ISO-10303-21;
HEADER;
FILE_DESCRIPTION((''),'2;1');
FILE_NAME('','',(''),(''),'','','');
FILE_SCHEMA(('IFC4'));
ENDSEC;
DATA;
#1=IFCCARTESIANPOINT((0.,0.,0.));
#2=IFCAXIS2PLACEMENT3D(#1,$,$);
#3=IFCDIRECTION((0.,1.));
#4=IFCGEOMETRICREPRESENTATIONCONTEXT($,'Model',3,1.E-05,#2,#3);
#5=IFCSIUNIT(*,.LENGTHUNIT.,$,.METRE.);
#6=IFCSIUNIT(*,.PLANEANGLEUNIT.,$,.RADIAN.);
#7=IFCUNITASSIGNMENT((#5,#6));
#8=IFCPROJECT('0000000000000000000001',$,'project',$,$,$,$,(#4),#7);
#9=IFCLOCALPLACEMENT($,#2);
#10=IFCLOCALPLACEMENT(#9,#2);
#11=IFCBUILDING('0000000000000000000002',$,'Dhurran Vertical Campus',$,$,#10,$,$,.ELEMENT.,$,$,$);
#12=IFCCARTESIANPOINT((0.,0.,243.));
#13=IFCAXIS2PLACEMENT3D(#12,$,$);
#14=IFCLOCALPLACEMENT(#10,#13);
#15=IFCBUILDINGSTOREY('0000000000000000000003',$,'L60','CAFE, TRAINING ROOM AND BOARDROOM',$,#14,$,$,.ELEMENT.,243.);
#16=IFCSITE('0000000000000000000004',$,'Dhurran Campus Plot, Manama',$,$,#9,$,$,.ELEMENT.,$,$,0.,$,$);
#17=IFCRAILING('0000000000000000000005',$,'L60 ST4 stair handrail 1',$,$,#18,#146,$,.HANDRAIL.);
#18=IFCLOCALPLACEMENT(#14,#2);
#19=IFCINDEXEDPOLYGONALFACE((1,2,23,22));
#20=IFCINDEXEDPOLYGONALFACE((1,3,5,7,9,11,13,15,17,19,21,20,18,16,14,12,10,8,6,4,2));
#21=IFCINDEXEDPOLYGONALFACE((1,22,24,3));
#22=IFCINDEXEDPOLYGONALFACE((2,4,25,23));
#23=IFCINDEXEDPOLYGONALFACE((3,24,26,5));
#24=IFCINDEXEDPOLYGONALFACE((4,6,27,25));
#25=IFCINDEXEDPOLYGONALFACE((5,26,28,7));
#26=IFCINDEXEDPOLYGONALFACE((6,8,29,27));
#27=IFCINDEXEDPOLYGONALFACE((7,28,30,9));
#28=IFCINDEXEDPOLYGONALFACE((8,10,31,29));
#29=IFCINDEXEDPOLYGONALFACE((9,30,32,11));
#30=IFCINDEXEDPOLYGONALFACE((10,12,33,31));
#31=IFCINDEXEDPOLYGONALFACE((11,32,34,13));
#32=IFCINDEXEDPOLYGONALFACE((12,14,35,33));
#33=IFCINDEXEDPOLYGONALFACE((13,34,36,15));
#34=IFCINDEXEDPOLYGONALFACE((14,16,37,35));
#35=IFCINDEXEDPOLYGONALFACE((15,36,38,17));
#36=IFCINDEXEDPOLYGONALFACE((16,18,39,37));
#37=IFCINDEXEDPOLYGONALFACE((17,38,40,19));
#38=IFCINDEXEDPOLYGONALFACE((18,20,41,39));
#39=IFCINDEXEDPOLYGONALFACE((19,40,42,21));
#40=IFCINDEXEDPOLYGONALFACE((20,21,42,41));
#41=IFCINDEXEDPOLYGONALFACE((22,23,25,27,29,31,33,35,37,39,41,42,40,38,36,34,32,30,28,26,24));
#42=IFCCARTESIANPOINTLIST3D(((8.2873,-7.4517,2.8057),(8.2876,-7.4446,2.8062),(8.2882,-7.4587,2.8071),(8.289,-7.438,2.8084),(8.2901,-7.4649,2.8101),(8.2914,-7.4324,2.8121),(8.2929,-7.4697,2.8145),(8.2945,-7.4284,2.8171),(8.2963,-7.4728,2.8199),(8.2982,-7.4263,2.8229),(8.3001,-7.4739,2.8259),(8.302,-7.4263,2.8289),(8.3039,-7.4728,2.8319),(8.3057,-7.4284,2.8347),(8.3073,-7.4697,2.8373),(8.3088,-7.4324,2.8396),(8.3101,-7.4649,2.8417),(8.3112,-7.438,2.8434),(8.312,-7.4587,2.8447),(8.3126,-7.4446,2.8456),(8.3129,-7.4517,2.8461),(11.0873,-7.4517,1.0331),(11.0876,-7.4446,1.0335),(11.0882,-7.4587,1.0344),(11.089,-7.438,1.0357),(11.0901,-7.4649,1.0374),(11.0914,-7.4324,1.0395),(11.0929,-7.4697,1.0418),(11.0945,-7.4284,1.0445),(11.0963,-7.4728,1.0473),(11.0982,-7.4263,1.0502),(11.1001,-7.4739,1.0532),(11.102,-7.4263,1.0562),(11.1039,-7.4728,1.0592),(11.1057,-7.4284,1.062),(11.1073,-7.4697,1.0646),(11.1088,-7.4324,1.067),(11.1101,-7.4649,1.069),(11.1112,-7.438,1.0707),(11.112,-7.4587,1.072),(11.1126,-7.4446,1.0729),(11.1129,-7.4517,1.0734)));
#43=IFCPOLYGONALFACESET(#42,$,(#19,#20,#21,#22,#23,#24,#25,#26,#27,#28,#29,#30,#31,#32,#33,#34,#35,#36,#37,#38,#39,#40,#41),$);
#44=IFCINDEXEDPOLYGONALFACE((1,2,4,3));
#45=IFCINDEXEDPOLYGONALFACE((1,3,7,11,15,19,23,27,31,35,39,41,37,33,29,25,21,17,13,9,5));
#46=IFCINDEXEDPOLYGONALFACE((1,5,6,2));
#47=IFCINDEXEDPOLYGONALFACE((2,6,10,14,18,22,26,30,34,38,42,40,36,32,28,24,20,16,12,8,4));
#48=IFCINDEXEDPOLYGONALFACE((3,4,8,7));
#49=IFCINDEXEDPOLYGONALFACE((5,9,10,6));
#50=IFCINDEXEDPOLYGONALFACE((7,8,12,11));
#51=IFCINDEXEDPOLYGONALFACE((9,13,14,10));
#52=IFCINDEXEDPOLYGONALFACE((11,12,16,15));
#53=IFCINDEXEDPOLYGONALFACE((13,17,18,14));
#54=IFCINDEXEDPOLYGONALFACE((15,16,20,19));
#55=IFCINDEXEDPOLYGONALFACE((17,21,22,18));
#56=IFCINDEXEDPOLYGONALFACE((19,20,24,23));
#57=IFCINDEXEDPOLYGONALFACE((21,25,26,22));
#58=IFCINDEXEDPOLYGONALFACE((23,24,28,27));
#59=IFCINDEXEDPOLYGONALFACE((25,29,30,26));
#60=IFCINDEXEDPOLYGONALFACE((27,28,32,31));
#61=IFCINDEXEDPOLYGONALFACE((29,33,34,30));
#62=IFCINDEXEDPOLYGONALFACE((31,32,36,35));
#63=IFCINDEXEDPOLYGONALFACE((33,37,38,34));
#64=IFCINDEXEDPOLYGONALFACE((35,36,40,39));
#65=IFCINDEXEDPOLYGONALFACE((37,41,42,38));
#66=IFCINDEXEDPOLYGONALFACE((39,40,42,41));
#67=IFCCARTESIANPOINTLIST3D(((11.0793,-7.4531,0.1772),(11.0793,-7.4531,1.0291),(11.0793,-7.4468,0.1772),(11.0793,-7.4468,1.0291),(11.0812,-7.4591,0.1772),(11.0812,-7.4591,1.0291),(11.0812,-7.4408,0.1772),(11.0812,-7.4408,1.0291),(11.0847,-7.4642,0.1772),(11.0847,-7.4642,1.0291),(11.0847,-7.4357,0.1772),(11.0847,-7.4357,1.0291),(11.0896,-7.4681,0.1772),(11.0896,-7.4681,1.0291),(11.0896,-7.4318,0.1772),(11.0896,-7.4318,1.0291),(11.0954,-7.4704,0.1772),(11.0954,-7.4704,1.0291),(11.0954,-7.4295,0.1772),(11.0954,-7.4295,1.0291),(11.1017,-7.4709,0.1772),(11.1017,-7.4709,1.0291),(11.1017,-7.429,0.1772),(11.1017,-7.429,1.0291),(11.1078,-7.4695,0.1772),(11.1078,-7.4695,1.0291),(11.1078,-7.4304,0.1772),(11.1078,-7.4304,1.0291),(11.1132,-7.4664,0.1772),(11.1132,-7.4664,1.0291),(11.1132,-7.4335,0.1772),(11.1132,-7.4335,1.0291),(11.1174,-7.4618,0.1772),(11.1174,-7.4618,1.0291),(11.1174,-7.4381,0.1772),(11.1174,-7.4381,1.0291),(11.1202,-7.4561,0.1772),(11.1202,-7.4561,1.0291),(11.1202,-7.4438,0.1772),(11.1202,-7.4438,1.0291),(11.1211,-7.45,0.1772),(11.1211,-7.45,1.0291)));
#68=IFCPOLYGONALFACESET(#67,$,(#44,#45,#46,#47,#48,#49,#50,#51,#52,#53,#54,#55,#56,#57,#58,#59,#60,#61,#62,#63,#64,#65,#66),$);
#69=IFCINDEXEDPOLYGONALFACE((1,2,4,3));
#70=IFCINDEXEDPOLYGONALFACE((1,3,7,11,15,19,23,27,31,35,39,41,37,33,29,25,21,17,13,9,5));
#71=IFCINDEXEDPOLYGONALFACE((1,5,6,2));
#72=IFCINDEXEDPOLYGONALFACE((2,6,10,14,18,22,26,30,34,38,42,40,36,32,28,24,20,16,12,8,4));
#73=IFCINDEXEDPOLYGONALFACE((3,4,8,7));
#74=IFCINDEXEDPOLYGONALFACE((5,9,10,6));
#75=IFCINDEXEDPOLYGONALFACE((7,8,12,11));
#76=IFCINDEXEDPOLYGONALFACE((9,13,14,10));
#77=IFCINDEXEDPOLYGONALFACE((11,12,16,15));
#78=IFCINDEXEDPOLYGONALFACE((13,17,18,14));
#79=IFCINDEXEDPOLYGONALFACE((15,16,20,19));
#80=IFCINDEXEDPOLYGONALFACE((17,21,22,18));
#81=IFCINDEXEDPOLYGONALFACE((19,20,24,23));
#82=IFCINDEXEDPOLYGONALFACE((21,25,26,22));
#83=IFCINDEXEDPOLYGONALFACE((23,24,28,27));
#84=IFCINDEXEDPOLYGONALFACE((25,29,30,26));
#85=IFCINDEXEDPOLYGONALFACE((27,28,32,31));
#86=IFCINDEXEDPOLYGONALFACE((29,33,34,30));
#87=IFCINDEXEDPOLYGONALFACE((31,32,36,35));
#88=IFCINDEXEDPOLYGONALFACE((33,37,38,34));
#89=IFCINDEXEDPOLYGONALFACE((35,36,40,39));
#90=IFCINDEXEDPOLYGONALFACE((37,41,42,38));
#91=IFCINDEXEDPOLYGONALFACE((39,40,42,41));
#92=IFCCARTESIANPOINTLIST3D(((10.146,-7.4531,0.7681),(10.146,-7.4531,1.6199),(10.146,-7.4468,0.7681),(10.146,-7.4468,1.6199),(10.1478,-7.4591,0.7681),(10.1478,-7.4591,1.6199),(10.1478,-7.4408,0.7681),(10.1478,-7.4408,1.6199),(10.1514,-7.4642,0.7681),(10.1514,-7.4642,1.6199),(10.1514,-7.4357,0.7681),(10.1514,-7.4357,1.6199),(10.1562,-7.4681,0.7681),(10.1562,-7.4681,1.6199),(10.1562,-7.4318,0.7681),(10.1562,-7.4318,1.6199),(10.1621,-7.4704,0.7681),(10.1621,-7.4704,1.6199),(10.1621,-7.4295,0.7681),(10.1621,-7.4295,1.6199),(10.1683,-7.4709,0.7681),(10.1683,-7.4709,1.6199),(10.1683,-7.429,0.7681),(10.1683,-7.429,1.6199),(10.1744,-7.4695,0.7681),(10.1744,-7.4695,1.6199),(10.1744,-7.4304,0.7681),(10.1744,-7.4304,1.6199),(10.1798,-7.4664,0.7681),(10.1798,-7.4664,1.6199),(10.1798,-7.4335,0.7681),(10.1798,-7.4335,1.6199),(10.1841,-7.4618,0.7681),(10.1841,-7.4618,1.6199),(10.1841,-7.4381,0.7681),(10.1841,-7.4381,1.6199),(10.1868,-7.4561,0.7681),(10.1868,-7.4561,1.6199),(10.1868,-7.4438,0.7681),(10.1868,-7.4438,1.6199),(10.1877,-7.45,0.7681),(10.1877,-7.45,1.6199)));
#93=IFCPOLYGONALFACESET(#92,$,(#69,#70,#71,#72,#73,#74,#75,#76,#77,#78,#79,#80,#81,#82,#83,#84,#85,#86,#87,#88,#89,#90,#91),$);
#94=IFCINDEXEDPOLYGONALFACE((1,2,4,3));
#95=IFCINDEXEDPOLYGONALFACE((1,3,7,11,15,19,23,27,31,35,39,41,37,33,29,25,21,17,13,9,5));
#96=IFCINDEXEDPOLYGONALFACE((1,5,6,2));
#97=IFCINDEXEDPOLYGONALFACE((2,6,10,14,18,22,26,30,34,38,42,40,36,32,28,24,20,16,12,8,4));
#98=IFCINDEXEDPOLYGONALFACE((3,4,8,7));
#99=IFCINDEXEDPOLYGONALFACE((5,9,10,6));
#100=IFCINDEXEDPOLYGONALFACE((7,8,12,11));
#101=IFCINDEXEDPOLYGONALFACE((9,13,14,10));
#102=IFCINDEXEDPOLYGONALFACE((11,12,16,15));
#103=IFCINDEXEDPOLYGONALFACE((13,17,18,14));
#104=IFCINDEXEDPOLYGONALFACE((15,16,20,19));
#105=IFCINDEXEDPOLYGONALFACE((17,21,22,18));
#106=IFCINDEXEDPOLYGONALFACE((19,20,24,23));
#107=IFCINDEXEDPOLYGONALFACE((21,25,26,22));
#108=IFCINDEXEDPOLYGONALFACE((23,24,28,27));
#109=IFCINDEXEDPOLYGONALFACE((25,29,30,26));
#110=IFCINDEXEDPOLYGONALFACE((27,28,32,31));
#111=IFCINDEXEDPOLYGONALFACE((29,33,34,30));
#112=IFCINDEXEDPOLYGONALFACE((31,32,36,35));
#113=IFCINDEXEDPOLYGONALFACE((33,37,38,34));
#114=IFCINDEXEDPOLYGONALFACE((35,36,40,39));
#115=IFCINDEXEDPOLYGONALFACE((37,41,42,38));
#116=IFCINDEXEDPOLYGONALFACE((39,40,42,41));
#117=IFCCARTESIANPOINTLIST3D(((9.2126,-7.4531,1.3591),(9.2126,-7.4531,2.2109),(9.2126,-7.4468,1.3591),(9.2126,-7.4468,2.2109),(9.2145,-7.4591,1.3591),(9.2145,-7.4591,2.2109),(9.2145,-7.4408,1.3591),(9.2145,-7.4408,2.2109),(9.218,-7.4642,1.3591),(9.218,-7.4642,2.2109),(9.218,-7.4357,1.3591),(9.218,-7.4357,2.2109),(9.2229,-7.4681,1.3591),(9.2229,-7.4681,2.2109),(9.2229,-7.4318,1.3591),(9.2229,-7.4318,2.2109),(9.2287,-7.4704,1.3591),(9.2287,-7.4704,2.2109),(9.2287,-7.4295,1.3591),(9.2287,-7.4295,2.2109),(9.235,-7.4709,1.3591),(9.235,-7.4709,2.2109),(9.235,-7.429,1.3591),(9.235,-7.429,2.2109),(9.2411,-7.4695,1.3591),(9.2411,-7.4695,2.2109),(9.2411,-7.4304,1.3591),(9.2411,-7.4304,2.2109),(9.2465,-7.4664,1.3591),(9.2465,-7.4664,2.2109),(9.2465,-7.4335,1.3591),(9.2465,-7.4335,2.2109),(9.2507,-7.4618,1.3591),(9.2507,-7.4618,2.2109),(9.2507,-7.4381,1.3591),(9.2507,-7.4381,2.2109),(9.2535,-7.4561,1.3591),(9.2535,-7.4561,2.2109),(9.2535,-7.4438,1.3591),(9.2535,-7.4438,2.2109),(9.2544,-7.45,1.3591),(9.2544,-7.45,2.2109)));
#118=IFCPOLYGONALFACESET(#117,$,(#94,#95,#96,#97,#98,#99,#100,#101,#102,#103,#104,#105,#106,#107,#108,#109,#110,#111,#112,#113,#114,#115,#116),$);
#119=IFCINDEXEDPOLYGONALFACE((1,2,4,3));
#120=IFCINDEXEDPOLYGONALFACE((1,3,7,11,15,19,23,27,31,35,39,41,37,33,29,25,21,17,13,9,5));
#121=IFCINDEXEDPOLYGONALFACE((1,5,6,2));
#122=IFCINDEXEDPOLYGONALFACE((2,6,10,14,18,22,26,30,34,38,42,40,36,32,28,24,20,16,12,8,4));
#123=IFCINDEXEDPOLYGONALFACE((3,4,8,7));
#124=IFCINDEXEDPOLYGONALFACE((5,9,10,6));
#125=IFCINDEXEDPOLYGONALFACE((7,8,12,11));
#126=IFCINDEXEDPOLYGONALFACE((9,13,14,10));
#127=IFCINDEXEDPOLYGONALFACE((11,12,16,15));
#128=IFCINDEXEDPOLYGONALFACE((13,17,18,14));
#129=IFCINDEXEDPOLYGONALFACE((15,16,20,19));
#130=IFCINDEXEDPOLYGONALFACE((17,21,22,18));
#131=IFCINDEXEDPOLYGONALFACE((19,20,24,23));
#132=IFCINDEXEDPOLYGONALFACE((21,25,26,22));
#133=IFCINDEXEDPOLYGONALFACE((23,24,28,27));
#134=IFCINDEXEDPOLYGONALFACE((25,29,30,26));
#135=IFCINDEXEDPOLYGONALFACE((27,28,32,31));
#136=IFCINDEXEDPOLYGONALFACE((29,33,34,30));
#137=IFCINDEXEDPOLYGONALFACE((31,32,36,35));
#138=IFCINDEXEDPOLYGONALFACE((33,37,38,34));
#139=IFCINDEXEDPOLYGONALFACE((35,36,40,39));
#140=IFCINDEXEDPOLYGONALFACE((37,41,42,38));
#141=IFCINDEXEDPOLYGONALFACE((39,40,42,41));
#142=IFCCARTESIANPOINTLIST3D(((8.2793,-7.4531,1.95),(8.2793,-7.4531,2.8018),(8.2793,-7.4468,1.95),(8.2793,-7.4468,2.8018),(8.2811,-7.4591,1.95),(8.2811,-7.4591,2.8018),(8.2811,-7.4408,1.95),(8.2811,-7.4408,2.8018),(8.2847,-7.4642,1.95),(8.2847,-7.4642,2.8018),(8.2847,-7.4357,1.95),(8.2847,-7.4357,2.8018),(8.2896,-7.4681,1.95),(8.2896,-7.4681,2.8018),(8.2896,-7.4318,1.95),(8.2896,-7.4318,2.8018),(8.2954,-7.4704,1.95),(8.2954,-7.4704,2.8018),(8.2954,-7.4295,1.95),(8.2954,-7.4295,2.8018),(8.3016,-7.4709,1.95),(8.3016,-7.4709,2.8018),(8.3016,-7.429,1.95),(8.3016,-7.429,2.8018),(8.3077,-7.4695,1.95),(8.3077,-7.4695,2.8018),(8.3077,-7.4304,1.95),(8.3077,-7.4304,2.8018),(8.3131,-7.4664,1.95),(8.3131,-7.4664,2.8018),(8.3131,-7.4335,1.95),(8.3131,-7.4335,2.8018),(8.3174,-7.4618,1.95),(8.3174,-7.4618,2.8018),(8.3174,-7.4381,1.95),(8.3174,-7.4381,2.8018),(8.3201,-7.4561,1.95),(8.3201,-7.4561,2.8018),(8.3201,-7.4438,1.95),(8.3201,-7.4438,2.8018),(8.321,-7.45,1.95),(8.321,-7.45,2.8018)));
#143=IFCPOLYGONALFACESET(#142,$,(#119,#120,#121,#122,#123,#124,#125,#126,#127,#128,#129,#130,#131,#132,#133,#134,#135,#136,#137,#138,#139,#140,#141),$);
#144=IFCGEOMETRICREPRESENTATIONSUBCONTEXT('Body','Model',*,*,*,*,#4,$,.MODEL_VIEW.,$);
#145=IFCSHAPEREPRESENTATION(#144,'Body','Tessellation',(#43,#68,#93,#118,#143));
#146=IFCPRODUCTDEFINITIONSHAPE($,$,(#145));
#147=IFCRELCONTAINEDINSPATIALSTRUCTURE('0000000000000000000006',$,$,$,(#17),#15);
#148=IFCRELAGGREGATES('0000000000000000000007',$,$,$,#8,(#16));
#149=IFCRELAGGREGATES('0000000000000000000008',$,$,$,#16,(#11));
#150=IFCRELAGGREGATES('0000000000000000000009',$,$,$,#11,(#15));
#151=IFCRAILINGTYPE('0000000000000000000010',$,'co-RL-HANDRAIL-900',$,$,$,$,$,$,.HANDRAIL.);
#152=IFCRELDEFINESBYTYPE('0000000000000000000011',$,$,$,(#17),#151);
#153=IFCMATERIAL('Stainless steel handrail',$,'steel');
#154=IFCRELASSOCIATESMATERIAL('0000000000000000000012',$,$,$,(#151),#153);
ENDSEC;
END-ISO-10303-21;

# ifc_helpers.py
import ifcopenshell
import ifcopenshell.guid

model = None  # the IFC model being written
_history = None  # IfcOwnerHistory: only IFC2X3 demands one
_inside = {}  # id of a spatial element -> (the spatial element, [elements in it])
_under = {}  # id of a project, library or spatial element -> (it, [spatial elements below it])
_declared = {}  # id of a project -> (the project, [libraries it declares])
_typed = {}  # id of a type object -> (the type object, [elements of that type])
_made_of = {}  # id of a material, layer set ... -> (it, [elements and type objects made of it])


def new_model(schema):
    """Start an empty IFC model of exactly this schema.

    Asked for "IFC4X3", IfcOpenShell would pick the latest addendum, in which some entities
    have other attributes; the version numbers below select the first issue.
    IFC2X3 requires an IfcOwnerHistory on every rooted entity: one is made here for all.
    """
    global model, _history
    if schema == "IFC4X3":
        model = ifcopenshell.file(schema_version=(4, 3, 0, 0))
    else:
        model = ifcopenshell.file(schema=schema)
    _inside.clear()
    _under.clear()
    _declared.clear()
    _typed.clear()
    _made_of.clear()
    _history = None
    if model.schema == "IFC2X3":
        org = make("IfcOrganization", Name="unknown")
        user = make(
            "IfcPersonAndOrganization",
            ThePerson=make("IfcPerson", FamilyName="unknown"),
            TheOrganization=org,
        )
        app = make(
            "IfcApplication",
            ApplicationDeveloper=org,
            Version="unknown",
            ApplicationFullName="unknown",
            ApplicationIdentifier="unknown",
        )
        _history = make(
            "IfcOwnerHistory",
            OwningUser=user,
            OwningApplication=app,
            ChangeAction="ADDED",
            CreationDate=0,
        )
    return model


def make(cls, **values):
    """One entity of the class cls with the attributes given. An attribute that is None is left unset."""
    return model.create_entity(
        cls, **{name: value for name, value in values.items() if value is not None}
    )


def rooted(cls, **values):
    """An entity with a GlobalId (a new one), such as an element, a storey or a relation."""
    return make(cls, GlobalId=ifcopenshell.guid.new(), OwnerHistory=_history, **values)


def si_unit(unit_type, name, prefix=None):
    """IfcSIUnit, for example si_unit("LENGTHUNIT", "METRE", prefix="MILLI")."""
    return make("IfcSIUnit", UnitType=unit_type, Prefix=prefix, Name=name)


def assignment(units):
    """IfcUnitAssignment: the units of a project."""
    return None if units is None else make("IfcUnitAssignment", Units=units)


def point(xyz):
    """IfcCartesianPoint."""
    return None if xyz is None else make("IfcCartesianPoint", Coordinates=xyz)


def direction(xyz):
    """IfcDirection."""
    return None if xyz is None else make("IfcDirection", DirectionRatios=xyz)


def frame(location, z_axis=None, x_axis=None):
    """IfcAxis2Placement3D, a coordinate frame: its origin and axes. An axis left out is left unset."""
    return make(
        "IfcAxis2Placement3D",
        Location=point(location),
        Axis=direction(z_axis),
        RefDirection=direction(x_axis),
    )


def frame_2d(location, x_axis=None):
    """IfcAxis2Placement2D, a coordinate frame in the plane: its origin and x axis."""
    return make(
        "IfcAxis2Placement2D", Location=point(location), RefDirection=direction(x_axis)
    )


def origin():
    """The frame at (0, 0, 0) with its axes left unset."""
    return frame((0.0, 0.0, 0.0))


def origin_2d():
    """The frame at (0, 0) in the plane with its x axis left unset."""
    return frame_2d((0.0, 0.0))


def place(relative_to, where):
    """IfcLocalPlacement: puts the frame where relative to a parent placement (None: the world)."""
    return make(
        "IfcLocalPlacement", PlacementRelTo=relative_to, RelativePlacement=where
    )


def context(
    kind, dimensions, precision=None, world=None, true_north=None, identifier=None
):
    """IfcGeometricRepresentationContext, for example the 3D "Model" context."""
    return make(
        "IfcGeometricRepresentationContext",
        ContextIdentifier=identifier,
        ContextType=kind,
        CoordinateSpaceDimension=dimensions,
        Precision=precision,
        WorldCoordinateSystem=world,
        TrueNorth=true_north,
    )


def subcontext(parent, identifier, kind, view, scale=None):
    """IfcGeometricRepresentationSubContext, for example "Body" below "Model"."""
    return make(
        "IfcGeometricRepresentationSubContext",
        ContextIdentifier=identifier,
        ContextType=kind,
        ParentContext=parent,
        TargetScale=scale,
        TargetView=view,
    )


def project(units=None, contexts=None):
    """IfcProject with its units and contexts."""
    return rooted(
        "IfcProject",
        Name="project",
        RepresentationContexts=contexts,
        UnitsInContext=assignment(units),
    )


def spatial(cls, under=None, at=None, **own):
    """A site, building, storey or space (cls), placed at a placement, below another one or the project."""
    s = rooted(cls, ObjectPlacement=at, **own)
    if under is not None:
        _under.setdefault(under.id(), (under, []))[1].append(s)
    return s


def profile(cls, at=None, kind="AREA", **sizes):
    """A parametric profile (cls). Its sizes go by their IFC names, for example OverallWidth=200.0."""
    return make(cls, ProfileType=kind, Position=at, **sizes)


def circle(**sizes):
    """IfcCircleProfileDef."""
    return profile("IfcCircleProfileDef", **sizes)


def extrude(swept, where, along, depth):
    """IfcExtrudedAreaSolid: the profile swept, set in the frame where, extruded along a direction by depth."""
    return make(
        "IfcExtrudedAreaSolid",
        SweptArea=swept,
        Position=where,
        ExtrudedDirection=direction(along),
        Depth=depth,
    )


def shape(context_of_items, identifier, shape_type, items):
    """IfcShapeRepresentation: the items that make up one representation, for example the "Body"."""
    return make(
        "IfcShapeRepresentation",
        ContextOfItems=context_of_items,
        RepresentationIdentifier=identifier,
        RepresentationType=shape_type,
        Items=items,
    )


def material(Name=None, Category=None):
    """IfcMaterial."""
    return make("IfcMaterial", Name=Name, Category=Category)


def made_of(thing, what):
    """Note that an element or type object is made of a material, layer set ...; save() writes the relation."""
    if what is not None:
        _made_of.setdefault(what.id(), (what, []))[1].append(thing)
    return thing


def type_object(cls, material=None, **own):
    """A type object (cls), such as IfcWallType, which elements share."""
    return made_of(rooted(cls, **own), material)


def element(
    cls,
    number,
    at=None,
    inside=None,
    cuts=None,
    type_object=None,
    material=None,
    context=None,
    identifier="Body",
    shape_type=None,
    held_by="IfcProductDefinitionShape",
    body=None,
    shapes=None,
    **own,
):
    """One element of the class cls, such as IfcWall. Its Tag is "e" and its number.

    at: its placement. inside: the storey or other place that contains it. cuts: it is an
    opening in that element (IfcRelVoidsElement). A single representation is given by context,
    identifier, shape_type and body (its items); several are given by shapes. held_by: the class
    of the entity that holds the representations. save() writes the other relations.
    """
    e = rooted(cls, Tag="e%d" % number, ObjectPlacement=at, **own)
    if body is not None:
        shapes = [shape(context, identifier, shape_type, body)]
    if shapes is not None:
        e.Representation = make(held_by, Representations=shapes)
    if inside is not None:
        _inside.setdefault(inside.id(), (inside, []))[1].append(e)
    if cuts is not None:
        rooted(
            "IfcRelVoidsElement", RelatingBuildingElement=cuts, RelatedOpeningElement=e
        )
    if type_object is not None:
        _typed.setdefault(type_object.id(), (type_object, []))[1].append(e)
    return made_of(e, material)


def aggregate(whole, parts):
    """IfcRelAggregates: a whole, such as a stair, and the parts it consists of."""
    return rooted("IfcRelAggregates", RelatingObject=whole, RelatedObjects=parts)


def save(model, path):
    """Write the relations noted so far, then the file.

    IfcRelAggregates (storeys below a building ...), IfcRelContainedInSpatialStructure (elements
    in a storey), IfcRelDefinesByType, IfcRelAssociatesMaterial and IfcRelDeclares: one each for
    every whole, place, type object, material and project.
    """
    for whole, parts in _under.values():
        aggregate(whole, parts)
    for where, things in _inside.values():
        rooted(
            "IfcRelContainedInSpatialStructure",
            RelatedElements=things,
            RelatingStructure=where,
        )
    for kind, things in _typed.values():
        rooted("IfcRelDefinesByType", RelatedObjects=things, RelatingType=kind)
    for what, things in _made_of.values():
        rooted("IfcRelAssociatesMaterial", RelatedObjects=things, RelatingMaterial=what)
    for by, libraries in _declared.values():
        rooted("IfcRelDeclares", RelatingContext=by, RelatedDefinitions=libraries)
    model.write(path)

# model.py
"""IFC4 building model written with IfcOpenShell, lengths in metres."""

from ifc_helpers import new_model, si_unit, direction, frame, origin, origin_2d, place, context, subcontext, project, spatial, circle, extrude, material, type_object, element, save


model = new_model("IFC4")

# Units and contexts
model_context = context("Model", 3, precision=1e-05, world=origin(), true_north=direction((0.0, 1.0)))
body_context = subcontext(model_context, "Body", "Model", "MODEL_VIEW")
ifc_project = project(units=[si_unit("LENGTHUNIT", "METRE"), si_unit("PLANEANGLEUNIT", "RADIAN")], contexts=[model_context])

# Site, building, storey
site_placement = place(None, origin())
site = spatial("IfcSite", under=ifc_project, at=site_placement, Name="Dhurran Campus Plot, Manama", CompositionType="ELEMENT", RefElevation=0.0)
building_placement = place(site_placement, origin())
building = spatial("IfcBuilding", under=site, at=building_placement, Name="Dhurran Vertical Campus", CompositionType="ELEMENT")
storey_placement = place(building_placement, frame((0.0, 0.0, 243.0)))
storey = spatial("IfcBuildingStorey", under=building, at=storey_placement, Name="L60", Description="CAFE, TRAINING ROOM AND BOARDROOM", CompositionType="ELEMENT", Elevation=243.0)

# Railing
ifc_material_1 = material(Name="Stainless steel handrail", Category="steel")
railing_type_1 = type_object("IfcRailingType", Name="co-RL-HANDRAIL-900", PredefinedType="HANDRAIL", material=ifc_material_1)
railing_1_placement = place(storey_placement, frame((11.1001, -7.45, 0.1772)))
element("IfcRailing", 1, at=railing_1_placement, inside=storey, type_object=railing_type_1, Name="L60 ST4 stair handrail 1", PredefinedType="HANDRAIL", context=body_context, shape_type="SweptSolid", body=[
    extrude(circle(Radius=0.0239, at=origin_2d()), frame((0.0, 0.0, 0.876), z_axis=(-0.844909, 0.0, 0.53491), x_axis=(0.0, -1.0, 0.0)), (0.0, 0.0, 1.0), 3.314),
    extrude(circle(Radius=0.021, at=origin_2d()), origin(), (0.0, 0.0, 1.0), 0.8518),
    extrude(circle(Radius=0.021, at=origin_2d()), frame((-0.9333, 0.0, 0.5908)), (0.0, 0.0, 1.0), 0.8518),
    extrude(circle(Radius=0.021, at=origin_2d()), frame((-1.8667, 0.0, 1.1819)), (0.0, 0.0, 1.0), 0.8518),
    extrude(circle(Radius=0.021, at=origin_2d()), frame((-2.8, 0.0, 1.7727)), (0.0, 0.0, 1.0), 0.8518),
])

save(model, "model.ifc")
